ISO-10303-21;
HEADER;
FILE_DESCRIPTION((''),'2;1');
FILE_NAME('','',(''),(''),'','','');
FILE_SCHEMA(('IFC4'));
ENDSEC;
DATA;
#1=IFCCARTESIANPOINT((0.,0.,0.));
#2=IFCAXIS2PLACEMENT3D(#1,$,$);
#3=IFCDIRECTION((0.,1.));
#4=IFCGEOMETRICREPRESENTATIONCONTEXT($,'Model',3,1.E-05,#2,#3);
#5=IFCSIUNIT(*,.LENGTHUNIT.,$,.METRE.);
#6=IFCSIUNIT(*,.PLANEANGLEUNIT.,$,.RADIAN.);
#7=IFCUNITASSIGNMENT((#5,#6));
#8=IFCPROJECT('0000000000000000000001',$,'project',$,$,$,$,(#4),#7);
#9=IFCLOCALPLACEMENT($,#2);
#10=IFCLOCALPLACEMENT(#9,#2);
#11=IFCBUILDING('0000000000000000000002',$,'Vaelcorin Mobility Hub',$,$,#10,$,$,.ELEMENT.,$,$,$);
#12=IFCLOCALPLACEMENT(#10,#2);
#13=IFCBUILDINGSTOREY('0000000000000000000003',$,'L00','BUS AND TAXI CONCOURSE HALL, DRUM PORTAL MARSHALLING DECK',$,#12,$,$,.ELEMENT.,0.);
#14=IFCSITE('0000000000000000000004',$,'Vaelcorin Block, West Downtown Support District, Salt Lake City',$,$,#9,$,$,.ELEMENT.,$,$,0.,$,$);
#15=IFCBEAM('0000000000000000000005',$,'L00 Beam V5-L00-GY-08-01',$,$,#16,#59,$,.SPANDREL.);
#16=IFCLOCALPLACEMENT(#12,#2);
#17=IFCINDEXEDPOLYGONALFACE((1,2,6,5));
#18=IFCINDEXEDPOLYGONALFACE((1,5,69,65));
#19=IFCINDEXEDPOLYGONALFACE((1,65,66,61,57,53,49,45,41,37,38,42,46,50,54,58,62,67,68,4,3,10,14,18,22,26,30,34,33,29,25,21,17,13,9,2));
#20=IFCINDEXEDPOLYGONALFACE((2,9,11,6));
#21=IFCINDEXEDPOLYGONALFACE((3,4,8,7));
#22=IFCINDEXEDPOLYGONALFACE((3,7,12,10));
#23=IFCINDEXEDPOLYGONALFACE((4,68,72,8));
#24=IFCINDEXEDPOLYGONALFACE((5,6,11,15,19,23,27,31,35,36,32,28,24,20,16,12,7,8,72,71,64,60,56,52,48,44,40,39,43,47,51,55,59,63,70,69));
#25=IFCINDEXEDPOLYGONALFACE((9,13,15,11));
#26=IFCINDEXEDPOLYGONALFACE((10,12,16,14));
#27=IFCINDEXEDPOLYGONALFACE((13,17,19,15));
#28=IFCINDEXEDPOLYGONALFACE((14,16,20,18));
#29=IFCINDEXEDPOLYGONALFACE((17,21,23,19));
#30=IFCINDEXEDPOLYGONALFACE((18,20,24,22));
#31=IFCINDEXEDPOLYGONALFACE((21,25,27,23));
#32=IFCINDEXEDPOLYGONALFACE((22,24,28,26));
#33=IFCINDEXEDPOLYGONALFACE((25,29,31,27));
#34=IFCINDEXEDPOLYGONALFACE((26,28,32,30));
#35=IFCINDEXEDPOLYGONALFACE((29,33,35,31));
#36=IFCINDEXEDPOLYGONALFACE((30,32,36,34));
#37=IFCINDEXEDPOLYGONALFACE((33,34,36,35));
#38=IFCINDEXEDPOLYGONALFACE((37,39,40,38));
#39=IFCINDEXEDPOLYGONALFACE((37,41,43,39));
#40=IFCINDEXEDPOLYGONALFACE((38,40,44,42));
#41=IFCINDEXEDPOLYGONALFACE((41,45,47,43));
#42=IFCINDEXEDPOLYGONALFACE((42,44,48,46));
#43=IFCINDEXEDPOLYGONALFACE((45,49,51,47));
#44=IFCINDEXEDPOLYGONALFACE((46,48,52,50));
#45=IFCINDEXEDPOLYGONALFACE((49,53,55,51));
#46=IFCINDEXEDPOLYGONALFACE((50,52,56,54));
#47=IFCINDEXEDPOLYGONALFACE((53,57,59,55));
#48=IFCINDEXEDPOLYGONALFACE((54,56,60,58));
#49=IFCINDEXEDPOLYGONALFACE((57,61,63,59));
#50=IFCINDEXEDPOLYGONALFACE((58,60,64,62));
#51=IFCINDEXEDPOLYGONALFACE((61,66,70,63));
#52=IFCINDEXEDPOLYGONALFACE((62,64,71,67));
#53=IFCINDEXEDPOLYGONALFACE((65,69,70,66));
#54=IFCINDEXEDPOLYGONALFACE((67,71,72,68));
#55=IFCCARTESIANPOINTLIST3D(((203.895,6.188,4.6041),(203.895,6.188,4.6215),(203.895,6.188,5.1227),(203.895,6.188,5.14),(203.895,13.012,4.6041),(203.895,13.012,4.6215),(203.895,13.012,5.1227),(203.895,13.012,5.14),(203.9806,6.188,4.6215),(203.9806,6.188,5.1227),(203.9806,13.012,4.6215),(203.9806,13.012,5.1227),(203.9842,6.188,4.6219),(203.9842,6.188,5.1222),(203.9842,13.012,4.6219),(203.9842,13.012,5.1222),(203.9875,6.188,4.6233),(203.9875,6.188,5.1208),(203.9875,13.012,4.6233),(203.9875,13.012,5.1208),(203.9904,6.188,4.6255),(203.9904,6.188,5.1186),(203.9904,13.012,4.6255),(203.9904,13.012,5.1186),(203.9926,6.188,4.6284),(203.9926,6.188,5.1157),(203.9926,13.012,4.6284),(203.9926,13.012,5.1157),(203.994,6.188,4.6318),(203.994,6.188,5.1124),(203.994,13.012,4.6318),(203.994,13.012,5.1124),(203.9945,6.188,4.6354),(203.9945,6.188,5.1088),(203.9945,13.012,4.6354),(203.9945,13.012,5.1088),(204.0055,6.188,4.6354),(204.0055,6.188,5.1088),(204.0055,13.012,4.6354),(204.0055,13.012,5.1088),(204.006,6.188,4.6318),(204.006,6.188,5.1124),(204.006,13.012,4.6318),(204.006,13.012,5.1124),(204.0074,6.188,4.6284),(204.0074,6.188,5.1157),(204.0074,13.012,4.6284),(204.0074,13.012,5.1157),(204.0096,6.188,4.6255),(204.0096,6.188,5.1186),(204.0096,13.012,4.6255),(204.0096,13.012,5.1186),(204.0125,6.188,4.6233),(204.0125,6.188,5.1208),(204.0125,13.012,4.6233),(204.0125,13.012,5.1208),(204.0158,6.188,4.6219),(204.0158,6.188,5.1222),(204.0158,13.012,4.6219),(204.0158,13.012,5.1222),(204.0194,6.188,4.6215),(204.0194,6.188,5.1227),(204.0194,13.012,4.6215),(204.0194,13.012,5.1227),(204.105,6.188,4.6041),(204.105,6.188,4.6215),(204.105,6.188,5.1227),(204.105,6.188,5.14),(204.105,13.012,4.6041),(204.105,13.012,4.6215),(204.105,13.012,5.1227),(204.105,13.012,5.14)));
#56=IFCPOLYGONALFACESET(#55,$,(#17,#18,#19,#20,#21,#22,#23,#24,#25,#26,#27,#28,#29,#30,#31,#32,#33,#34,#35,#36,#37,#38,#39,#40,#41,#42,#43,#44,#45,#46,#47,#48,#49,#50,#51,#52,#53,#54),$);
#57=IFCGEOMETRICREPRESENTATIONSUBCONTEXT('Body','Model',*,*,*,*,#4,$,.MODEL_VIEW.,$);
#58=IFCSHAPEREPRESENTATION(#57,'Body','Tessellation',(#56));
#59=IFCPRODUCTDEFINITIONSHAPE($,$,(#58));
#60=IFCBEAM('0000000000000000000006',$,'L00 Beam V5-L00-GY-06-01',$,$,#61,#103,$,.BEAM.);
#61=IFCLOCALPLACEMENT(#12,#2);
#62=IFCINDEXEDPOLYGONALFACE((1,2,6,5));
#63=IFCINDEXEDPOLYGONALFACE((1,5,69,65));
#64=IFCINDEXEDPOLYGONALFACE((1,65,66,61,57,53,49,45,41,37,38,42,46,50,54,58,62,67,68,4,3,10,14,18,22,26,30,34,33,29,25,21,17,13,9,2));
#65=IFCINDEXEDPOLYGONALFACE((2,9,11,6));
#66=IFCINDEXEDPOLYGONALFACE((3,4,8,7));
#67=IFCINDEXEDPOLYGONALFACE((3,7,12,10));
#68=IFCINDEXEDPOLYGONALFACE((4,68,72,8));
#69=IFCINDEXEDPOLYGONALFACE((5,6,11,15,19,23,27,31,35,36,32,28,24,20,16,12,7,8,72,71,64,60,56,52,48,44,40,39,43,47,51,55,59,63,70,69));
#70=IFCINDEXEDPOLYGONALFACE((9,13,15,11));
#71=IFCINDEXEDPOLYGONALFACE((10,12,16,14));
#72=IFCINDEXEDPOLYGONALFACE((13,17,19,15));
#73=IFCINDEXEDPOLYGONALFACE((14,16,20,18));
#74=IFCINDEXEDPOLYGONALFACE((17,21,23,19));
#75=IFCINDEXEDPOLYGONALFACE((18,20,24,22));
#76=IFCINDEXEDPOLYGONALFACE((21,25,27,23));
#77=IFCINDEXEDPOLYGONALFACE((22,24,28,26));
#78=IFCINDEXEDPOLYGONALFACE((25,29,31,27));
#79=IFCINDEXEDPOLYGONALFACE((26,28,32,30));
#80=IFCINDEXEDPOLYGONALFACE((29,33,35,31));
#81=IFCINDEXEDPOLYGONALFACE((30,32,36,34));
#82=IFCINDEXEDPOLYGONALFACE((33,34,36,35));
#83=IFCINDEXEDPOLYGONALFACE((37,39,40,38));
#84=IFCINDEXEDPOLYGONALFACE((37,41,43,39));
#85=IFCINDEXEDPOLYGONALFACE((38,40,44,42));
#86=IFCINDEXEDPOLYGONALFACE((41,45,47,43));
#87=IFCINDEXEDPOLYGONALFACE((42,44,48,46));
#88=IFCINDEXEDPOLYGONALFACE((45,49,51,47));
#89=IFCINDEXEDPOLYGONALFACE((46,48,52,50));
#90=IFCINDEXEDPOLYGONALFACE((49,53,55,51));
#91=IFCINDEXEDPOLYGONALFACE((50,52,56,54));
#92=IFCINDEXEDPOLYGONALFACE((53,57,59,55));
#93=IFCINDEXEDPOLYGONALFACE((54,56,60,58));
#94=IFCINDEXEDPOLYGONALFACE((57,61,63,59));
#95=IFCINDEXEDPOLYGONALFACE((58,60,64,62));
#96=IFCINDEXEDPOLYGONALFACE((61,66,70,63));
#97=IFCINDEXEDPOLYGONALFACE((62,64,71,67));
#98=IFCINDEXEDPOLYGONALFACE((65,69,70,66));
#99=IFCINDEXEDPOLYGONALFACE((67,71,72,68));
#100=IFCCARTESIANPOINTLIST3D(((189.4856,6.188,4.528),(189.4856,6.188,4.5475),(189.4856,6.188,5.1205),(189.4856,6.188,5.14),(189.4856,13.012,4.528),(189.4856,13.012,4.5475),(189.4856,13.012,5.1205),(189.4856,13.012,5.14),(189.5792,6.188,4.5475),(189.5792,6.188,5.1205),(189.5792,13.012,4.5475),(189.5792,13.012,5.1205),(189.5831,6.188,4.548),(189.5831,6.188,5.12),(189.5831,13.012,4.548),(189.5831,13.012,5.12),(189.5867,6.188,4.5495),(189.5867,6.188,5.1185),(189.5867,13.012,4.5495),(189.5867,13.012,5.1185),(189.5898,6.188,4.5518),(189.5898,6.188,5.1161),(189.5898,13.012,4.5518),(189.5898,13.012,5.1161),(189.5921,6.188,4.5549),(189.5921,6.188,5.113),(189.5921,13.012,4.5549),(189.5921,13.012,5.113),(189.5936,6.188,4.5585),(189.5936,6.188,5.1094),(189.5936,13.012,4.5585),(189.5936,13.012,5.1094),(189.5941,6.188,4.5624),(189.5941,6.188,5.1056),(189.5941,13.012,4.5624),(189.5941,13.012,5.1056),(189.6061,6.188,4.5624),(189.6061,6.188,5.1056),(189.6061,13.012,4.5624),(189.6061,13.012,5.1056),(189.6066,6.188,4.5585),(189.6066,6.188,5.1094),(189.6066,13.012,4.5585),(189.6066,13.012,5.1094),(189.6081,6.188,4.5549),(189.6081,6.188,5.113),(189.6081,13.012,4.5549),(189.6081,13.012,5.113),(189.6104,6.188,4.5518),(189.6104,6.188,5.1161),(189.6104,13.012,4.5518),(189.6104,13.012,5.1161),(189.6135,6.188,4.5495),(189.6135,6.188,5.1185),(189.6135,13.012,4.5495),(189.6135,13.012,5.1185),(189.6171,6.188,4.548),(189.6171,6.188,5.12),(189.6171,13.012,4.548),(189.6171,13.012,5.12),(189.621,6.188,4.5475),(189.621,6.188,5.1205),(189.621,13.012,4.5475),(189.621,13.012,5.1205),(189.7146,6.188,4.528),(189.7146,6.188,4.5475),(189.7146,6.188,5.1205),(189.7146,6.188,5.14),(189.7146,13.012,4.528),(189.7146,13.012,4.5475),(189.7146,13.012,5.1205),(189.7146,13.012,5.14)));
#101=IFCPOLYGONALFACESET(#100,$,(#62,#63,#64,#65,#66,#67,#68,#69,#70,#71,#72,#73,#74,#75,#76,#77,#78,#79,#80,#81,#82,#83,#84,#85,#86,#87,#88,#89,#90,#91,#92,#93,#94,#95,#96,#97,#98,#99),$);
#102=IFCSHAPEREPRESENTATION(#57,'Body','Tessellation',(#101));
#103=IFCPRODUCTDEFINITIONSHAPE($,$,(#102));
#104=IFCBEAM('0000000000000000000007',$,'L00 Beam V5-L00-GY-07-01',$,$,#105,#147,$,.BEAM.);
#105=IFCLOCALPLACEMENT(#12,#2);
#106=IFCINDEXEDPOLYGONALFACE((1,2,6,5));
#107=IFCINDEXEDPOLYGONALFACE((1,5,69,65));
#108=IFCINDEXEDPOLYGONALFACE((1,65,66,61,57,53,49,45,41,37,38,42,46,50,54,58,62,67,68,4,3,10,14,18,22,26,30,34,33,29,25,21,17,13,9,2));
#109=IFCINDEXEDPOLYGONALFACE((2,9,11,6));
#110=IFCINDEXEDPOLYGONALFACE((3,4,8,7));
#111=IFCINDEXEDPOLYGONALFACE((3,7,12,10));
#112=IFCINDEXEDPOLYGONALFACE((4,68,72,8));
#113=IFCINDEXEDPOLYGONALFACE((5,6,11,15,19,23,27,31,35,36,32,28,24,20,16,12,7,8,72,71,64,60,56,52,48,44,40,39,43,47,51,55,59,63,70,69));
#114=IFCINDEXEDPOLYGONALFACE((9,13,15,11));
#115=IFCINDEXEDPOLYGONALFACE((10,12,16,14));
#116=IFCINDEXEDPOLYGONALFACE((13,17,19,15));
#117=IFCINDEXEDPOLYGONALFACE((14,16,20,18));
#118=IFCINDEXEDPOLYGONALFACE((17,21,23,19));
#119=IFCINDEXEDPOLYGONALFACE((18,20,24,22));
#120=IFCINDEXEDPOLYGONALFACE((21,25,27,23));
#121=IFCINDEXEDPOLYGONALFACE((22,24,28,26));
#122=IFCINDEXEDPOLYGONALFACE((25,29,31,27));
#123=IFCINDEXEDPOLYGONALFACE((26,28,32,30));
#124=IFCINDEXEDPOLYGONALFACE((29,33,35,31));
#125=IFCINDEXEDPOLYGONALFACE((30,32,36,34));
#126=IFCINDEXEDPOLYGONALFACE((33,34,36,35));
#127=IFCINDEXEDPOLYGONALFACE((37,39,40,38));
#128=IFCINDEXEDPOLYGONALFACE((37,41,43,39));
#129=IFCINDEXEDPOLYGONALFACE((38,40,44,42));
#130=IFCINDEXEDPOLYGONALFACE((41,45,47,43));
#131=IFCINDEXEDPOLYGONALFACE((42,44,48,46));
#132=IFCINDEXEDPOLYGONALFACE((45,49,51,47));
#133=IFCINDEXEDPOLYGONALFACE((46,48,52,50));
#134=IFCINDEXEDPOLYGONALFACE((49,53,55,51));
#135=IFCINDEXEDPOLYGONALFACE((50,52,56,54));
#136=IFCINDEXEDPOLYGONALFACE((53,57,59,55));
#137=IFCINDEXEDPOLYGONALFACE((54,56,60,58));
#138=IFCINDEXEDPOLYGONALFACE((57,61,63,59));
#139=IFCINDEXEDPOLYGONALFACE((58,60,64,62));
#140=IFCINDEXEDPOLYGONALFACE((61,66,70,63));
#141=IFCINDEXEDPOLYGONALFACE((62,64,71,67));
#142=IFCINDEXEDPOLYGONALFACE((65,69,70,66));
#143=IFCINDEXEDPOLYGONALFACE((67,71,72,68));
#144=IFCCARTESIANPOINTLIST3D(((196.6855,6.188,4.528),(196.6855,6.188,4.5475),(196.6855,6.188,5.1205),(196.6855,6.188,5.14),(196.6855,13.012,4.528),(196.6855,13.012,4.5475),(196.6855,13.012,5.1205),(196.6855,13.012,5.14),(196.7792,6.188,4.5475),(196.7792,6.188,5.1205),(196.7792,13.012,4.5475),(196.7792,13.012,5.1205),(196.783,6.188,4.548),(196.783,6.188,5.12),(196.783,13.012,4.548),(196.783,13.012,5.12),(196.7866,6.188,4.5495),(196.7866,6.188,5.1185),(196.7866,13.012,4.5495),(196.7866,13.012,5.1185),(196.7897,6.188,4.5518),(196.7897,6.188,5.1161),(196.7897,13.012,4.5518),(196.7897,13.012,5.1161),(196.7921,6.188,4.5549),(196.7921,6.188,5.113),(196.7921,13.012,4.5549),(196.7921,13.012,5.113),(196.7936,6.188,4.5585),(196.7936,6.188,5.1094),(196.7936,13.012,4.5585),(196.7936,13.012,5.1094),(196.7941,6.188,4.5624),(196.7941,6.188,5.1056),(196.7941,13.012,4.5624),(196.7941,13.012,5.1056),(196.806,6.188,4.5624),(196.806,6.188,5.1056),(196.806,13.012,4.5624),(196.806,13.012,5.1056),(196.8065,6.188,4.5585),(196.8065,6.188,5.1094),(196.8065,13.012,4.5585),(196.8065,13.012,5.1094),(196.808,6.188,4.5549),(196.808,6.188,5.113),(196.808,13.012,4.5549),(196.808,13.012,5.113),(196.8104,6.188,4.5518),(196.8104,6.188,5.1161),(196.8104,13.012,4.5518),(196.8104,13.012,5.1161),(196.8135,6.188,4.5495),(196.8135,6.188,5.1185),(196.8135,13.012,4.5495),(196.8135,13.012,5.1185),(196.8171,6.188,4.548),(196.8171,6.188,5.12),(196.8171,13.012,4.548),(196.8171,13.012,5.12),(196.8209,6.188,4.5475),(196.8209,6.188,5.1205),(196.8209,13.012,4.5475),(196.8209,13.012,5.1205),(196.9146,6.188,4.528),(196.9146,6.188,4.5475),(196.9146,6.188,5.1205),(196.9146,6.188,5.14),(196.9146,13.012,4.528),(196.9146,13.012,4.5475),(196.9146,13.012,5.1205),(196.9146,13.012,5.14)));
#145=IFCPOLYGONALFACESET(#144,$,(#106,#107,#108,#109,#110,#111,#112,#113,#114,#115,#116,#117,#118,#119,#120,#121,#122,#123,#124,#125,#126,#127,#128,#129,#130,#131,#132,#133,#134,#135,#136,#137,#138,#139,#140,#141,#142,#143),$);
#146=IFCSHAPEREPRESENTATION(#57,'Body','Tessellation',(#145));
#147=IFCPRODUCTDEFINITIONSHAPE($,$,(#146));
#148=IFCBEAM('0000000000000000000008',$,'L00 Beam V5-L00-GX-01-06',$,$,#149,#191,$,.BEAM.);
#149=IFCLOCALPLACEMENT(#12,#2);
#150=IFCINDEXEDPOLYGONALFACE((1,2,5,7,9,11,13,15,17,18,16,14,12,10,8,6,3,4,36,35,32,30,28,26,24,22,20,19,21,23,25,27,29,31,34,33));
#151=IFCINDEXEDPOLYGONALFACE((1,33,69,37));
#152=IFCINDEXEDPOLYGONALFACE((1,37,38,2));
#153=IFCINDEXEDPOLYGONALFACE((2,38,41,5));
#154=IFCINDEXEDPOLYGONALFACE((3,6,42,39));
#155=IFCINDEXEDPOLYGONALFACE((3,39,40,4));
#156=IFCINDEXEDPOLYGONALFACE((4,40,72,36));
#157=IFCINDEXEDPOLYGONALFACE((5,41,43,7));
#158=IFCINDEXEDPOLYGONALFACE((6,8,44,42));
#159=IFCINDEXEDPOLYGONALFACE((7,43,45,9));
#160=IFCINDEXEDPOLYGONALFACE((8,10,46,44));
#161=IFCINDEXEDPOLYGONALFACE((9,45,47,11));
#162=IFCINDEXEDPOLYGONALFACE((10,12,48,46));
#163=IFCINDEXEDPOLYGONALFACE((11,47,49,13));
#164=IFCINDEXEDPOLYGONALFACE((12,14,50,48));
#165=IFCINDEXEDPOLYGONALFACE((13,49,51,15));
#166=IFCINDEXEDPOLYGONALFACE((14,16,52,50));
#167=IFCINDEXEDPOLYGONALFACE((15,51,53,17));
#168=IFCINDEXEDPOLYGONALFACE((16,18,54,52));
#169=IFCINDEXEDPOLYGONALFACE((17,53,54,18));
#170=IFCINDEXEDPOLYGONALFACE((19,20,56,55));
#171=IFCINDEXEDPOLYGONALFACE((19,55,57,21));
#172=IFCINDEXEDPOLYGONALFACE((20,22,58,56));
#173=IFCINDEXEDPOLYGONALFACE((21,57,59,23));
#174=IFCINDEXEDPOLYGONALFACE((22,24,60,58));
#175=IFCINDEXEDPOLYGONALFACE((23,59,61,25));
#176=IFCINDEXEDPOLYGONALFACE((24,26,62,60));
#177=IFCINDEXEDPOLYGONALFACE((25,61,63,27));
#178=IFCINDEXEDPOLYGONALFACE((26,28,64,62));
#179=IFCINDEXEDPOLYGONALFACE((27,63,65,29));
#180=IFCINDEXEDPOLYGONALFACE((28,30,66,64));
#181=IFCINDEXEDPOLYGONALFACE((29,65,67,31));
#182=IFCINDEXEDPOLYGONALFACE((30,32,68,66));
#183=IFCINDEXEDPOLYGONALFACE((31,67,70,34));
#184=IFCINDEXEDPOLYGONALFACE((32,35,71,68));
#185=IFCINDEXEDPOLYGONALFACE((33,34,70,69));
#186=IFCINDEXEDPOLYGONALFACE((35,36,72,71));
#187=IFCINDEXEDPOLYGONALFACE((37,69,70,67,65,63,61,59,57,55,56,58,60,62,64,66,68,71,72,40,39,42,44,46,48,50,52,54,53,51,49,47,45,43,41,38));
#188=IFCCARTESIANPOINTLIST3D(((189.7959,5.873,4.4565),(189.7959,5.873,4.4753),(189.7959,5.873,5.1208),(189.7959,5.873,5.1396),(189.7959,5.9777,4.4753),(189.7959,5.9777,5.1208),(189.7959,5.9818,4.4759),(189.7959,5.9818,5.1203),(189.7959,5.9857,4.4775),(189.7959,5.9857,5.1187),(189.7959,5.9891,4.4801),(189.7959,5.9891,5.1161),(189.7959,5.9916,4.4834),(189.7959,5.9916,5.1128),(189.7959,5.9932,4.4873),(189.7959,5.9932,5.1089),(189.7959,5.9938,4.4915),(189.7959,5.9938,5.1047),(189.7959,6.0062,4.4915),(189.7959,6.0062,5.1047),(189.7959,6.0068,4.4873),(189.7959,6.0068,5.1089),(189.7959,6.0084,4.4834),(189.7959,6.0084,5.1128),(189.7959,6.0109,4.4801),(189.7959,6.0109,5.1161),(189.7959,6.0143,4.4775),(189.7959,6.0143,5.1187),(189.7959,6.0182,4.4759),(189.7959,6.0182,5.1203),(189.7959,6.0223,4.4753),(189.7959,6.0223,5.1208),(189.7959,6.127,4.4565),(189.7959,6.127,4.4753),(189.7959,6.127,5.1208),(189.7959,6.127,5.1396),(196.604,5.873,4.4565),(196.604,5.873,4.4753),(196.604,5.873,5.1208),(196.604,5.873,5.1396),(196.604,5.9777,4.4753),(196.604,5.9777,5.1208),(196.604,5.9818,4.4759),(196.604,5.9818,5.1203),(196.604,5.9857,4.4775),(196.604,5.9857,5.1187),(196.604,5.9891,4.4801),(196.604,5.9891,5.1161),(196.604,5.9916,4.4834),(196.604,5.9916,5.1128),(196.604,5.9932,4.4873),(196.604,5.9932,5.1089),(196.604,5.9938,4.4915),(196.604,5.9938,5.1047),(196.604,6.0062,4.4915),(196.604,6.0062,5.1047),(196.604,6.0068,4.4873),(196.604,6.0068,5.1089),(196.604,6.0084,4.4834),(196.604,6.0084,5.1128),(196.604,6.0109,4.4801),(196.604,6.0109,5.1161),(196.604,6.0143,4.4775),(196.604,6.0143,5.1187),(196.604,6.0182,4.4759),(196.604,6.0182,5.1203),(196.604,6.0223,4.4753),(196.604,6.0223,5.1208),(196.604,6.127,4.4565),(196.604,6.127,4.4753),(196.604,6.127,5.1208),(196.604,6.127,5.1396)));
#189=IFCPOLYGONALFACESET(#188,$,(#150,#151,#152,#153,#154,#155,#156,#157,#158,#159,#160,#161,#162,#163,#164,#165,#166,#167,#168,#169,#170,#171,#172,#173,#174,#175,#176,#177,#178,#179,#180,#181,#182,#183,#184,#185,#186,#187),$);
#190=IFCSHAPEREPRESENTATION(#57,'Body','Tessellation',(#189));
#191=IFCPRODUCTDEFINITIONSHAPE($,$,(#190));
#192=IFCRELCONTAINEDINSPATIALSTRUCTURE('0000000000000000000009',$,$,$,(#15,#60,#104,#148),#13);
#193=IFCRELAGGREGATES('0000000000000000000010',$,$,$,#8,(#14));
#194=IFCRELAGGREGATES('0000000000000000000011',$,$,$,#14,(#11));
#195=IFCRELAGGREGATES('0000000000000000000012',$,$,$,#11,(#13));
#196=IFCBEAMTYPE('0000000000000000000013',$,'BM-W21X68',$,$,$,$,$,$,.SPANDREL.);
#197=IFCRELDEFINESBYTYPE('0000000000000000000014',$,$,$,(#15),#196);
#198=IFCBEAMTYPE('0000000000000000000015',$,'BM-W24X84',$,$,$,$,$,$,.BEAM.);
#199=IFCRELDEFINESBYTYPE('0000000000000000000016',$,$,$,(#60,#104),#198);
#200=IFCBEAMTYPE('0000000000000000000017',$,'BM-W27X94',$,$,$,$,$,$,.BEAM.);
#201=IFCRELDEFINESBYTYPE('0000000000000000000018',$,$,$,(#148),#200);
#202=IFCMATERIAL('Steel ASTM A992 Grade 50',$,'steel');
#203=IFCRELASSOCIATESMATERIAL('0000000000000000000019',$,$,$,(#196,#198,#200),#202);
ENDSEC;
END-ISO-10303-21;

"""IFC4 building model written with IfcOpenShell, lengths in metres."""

from ifc_helpers import new_model, si_unit, direction, frame, origin, origin_2d, place, context, subcontext, project, spatial, i_section, extrude, material, material_profile, profile_set, type_object, element, save


model = new_model("IFC4")

# Units and contexts
model_context = context("Model", 3, precision=1e-05, world=origin(), true_north=direction((0.0, 1.0)))
body_context = subcontext(model_context, "Body", "Model", "MODEL_VIEW")
ifc_project = project(units=[si_unit("LENGTHUNIT", "METRE"), si_unit("PLANEANGLEUNIT", "RADIAN")], contexts=[model_context])

# Site, building, storey
site_placement = place(None, origin())
site = spatial("IfcSite", under=ifc_project, at=site_placement, Name="Vaelcorin Block, West Downtown Support District, Salt Lake City", CompositionType="ELEMENT", RefElevation=0.0)
building_placement = place(site_placement, origin())
building = spatial("IfcBuilding", under=site, at=building_placement, Name="Vaelcorin Mobility Hub", CompositionType="ELEMENT")
storey_placement = place(building_placement, origin())
storey = spatial("IfcBuildingStorey", under=building, at=storey_placement, Name="L00", Description="BUS AND TAXI CONCOURSE HALL, DRUM PORTAL MARSHALLING DECK", CompositionType="ELEMENT", Elevation=0.0)

# Shared definitions
ifc_material_1 = material(Name="Steel ASTM A992 Grade 50", Category="steel")

# Beams
ifc_material_profile_1 = material_profile(ifc_material_1, i_section(OverallWidth=0.21, OverallDepth=0.5359, WebThickness=0.011, FlangeThickness=0.0173, FilletRadius=0.0139, at=origin_2d()), Name="W21X68")
ifc_profile_set_1 = profile_set([ifc_material_profile_1], Name="Steel ASTM A992 Grade 50")
beam_type_1 = type_object("IfcBeamType", Name="BM-W21X68", PredefinedType="SPANDREL", material=ifc_profile_set_1)
beam_1_placement = place(storey_placement, frame((204.0, 6.188, 4.8721), z_axis=(0.0, 1.0, 0.0), x_axis=(-1.0, 0.0, 0.0)))
element("IfcBeam", 1, at=beam_1_placement, inside=storey, type_object=beam_type_1, Name="L00 Beam V5-L00-GY-08-01", PredefinedType="SPANDREL", context=body_context, shape_type="SweptSolid", body=[
    extrude(i_section(OverallWidth=0.21, OverallDepth=0.5359, WebThickness=0.011, FlangeThickness=0.0173, FilletRadius=0.0139, at=origin_2d()), origin(), (0.0, 0.0, 1.0), 6.824),
])
ifc_material_profile_2 = material_profile(ifc_material_1, i_section(OverallWidth=0.229, OverallDepth=0.6121, WebThickness=0.012, FlangeThickness=0.0195, FilletRadius=0.0149, at=origin_2d()), Name="W24X84")
ifc_profile_set_2 = profile_set([ifc_material_profile_2], Name="Steel ASTM A992 Grade 50")
beam_type_2 = type_object("IfcBeamType", Name="BM-W24X84", PredefinedType="BEAM", material=ifc_profile_set_2)
for number, where, z_axis, x_axis, name in (
    (2, (189.6001, 6.188, 4.834), (0.0, 1.0, 0.0), (-1.0, 0.0, 0.0), "L00 Beam V5-L00-GY-06-01"),
    (3, (196.8, 6.188, 4.834), (0.0, 1.0, 0.0), (-1.0, 0.0, 0.0), "L00 Beam V5-L00-GY-07-01"),
):
    element("IfcBeam", number, at=place(storey_placement, frame(where, z_axis=z_axis, x_axis=x_axis)), inside=storey, type_object=beam_type_2, Name=name, PredefinedType="BEAM", context=body_context, shape_type="SweptSolid", body=[
        extrude(i_section(OverallWidth=0.229, OverallDepth=0.6121, WebThickness=0.012, FlangeThickness=0.0195, FilletRadius=0.0149, at=origin_2d()), origin(), (0.0, 0.0, 1.0), 6.824),
    ])
ifc_material_profile_3 = material_profile(ifc_material_1, i_section(OverallWidth=0.2539, OverallDepth=0.6831, WebThickness=0.0125, FlangeThickness=0.0188, FilletRadius=0.0161, at=origin_2d()), Name="W27X94")
ifc_profile_set_3 = profile_set([ifc_material_profile_3], Name="Steel ASTM A992 Grade 50")
beam_type_3 = type_object("IfcBeamType", Name="BM-W27X94", PredefinedType="BEAM", material=ifc_profile_set_3)
beam_2_placement = place(storey_placement, frame((189.7959, 6.0, 4.7981), z_axis=(1.0, 0.0, 0.0), x_axis=(0.0, 1.0, 0.0)))
element("IfcBeam", 4, at=beam_2_placement, inside=storey, type_object=beam_type_3, Name="L00 Beam V5-L00-GX-01-06", PredefinedType="BEAM", context=body_context, shape_type="SweptSolid", body=[
    extrude(i_section(OverallWidth=0.2539, OverallDepth=0.6831, WebThickness=0.0125, FlangeThickness=0.0188, FilletRadius=0.0161, at=origin_2d()), origin(), (0.0, 0.0, 1.0), 6.8081),
])

save(model, "model.ifc")
